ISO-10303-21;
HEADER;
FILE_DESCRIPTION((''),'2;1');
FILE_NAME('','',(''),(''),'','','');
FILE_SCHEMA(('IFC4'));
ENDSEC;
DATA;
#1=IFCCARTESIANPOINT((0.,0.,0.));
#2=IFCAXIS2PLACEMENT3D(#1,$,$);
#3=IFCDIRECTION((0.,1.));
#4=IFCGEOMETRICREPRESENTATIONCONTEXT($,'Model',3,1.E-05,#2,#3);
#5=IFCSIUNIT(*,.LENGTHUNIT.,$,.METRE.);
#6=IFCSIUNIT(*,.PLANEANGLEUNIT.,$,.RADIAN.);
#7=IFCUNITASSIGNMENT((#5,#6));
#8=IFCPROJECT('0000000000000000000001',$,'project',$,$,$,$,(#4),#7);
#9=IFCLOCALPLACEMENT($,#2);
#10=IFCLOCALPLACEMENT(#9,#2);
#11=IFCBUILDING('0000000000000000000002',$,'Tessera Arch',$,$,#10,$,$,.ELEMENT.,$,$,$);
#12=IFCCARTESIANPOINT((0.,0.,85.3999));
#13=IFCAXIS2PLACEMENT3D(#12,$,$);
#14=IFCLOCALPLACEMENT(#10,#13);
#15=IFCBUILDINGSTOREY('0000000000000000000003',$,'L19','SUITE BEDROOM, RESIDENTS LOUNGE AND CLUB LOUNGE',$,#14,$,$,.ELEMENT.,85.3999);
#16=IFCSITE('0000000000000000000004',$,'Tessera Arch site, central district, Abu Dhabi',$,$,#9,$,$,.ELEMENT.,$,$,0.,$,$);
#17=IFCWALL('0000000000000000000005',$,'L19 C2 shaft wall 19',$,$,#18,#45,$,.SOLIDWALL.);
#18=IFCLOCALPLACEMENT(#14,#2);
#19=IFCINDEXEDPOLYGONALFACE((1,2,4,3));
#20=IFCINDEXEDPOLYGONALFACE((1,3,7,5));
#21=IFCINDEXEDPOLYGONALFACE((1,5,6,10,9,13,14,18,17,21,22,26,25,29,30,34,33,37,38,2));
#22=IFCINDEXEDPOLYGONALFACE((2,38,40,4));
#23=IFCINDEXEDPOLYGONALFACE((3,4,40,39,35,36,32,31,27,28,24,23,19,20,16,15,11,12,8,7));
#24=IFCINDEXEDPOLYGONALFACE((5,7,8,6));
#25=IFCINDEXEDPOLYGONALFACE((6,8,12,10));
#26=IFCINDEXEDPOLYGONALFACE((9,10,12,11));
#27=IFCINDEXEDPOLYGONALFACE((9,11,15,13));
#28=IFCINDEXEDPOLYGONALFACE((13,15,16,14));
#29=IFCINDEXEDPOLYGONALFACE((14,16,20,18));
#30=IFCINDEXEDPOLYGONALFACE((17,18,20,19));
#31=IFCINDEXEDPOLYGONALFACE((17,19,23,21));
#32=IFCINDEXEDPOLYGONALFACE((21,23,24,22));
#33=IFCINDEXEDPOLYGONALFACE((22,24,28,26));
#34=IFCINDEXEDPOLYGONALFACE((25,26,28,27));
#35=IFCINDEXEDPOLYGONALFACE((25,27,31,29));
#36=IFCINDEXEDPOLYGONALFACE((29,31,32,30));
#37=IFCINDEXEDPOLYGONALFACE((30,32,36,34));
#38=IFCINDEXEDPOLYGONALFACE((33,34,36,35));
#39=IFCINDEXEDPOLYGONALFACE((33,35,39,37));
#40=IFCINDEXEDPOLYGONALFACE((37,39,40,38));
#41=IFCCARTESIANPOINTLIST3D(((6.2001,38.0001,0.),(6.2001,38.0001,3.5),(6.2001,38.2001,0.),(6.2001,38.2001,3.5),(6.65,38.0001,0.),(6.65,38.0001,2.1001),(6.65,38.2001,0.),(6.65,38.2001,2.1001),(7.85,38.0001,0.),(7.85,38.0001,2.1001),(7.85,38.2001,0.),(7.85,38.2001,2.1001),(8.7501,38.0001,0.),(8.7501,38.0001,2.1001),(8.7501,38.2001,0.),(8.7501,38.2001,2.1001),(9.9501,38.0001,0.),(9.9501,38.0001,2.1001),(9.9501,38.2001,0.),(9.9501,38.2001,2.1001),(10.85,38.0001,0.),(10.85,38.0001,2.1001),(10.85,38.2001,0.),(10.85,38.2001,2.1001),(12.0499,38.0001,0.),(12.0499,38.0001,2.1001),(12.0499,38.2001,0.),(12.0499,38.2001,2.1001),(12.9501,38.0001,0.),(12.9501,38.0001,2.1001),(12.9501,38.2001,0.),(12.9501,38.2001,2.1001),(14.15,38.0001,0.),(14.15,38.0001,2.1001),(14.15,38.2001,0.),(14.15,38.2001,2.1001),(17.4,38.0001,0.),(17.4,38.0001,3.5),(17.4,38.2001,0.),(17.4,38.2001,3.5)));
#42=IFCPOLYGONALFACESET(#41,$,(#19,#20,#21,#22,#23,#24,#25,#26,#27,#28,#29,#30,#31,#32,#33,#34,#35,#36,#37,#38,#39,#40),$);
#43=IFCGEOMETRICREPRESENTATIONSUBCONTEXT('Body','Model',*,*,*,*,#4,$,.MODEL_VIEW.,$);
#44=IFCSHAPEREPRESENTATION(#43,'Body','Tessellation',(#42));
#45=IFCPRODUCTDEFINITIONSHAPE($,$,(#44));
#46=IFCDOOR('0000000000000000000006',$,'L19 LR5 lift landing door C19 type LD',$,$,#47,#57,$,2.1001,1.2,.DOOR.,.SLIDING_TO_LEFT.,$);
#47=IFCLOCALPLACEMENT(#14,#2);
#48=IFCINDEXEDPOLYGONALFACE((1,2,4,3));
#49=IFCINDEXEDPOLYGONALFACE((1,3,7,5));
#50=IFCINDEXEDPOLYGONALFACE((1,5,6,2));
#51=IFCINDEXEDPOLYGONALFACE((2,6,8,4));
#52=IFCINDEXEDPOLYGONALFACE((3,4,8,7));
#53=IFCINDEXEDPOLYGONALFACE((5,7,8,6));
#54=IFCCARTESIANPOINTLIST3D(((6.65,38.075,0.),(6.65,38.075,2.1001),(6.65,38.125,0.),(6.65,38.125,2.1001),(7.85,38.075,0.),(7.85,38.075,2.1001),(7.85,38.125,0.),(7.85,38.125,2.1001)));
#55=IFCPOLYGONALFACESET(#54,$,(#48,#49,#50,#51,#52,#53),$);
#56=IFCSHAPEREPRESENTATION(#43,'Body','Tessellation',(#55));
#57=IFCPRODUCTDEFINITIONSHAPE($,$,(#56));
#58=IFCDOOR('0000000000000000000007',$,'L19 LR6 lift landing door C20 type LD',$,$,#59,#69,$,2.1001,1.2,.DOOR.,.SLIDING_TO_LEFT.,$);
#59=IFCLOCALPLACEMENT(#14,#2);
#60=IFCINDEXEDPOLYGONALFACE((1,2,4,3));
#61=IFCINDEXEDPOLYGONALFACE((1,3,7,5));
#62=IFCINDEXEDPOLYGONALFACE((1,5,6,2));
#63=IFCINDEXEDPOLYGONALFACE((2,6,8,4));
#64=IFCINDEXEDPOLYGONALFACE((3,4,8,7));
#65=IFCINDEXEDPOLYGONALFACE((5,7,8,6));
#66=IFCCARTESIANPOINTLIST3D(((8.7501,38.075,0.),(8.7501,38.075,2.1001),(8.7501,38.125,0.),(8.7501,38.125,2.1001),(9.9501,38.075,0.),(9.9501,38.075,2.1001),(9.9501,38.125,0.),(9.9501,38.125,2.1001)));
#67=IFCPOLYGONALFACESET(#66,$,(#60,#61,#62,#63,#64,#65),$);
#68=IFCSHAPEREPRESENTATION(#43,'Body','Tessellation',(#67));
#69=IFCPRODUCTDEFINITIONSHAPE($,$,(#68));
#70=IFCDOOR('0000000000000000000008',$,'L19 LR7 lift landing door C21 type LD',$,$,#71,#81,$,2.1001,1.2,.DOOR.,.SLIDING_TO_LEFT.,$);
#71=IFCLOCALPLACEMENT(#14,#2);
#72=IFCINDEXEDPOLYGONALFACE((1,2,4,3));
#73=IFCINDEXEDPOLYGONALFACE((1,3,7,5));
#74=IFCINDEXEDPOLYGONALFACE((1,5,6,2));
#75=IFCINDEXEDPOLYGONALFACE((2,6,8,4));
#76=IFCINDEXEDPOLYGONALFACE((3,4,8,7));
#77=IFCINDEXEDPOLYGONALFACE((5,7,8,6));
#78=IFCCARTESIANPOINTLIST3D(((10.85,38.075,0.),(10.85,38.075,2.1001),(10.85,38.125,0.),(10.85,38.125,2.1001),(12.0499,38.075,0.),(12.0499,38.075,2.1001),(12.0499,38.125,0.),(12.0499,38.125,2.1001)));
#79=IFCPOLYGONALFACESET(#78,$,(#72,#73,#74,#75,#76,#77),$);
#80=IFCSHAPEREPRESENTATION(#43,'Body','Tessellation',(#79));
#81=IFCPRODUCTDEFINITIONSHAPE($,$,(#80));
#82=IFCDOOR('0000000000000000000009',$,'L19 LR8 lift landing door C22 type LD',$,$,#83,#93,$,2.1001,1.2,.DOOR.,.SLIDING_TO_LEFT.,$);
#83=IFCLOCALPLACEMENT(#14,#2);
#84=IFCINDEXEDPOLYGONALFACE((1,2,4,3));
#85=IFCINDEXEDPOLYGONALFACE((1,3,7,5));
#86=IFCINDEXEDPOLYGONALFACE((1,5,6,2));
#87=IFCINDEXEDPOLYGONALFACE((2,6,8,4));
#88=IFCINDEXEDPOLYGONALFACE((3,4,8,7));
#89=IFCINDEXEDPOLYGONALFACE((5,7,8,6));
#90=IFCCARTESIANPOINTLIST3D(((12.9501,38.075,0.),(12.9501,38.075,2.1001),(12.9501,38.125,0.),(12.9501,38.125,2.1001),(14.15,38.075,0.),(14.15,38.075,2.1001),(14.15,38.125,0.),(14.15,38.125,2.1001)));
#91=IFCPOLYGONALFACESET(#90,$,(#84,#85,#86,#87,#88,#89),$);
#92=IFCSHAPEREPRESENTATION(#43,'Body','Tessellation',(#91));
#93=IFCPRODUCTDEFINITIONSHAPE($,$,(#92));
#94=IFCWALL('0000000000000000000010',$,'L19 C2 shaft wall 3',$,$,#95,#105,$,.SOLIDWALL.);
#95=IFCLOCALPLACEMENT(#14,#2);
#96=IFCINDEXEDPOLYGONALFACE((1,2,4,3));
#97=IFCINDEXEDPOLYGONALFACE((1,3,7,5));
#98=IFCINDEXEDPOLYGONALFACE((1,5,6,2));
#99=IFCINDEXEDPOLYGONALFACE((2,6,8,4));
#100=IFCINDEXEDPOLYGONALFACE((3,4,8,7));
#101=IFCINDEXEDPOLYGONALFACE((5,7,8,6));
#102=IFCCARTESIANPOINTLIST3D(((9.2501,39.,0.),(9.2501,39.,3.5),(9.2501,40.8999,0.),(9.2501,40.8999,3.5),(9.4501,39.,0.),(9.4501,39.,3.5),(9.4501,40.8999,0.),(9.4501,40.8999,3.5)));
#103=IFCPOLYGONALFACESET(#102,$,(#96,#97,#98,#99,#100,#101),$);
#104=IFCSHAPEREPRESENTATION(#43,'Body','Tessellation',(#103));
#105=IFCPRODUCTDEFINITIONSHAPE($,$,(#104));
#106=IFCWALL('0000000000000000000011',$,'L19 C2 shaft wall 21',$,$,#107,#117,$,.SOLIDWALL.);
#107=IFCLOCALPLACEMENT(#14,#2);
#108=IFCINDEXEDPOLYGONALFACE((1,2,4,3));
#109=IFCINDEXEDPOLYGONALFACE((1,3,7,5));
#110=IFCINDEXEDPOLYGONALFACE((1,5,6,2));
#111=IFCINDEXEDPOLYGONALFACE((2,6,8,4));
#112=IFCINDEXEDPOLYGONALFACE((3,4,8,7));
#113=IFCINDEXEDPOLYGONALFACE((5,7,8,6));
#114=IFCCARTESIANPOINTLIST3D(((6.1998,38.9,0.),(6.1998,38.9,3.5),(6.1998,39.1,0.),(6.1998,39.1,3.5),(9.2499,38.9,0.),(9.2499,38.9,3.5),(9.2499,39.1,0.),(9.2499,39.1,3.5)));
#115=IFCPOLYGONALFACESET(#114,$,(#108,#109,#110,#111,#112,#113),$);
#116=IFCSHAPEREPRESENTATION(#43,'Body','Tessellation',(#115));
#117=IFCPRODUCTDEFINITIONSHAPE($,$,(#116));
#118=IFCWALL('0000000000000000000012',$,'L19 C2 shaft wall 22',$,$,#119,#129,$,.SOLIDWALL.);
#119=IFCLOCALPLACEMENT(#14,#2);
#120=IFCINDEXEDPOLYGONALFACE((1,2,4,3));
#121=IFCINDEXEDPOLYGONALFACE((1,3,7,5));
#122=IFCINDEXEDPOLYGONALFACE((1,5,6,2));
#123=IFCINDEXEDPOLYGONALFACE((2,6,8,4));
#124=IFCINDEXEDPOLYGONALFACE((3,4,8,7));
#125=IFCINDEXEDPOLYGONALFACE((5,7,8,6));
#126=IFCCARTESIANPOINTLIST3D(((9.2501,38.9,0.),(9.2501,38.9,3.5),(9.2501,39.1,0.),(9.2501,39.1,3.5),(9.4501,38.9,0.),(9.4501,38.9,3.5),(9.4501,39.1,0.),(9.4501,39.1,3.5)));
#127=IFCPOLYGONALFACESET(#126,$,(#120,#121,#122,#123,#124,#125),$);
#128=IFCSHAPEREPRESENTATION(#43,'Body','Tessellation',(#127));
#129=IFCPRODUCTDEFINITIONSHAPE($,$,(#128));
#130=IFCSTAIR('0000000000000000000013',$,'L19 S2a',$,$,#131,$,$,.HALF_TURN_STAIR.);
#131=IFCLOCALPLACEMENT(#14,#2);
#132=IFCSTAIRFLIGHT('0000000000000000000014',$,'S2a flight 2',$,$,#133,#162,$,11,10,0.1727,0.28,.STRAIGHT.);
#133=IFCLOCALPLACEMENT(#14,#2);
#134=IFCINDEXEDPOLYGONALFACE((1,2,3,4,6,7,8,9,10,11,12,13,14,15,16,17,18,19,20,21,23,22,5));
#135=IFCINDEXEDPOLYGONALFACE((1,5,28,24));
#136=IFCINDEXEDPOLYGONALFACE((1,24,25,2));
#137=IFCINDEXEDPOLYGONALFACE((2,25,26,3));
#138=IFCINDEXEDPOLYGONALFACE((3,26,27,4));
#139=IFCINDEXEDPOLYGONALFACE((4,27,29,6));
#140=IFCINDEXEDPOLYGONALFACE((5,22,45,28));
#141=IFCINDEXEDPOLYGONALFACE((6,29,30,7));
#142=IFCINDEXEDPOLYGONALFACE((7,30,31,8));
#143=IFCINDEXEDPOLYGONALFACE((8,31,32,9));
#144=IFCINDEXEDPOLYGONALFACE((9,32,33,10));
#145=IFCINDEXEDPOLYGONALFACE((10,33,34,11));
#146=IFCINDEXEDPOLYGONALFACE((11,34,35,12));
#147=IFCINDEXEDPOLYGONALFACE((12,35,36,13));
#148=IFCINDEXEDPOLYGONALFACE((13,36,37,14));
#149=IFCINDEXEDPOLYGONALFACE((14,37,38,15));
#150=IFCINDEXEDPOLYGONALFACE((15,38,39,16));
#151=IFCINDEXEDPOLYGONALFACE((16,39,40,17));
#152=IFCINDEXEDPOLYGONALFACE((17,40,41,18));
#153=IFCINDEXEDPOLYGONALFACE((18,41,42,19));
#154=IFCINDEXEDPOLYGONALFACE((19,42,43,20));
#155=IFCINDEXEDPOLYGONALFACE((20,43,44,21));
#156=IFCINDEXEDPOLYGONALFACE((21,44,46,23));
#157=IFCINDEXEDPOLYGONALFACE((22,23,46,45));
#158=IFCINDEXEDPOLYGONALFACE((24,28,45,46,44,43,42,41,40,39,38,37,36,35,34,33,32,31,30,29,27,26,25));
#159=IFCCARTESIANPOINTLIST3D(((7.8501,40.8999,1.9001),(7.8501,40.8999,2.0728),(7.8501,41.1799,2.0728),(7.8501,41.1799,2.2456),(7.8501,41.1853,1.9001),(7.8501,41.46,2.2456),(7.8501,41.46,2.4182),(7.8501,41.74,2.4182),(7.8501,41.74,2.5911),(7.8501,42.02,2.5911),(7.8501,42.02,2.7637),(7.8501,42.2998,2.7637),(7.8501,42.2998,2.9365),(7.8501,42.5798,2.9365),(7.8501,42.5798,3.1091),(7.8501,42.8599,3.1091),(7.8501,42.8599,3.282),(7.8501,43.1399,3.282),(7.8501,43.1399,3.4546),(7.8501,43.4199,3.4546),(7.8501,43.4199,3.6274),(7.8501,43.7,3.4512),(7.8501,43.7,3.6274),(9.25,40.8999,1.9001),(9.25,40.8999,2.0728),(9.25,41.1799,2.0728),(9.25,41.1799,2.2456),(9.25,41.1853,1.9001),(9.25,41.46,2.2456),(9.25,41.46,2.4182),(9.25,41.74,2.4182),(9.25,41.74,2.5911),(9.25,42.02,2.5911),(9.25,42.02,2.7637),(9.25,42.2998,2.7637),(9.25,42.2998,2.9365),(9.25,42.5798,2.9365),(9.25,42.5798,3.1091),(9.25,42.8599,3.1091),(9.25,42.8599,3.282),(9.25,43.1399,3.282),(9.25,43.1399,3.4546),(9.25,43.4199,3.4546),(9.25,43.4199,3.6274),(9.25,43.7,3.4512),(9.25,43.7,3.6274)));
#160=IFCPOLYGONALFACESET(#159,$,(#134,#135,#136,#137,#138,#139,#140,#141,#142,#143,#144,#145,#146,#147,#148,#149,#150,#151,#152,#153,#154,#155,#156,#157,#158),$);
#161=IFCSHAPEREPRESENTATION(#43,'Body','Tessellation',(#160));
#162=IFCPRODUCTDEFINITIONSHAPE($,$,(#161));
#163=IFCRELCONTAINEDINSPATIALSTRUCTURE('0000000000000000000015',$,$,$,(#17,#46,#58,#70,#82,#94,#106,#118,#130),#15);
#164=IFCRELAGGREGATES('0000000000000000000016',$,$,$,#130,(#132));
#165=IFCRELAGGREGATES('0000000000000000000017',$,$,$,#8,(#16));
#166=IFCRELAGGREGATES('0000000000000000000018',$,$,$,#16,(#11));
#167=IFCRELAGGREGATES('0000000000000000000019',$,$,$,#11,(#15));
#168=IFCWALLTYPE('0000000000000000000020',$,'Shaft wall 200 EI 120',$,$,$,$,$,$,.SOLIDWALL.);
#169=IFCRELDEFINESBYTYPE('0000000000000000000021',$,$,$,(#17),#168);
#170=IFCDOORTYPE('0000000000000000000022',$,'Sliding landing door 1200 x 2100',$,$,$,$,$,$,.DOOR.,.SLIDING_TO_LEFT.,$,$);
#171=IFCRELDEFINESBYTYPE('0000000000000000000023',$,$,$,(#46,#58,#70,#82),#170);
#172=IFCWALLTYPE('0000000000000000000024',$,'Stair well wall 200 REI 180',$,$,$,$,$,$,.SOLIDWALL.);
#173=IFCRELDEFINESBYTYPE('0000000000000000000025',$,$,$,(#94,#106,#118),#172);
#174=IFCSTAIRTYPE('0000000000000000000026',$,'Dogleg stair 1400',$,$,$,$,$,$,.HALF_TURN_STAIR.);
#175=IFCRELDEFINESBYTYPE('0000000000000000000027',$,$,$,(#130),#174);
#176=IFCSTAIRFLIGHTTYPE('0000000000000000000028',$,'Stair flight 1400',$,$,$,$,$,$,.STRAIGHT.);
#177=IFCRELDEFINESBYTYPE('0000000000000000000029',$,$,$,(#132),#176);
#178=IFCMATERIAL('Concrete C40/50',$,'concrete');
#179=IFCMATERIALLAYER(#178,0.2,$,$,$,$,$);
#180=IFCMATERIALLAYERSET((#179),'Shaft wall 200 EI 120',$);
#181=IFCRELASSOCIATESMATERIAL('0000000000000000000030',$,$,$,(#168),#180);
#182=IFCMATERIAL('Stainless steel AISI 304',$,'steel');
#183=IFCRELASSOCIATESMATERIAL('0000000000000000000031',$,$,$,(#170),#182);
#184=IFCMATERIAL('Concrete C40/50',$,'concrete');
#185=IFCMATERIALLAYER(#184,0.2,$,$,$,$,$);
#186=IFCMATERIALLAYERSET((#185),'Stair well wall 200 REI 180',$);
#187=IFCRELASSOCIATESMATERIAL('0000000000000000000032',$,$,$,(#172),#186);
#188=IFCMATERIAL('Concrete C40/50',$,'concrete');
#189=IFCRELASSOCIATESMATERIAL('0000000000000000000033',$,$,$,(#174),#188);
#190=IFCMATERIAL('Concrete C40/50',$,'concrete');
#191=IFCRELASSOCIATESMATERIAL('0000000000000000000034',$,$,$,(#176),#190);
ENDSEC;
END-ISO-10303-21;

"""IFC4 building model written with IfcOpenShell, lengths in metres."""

from ifc_helpers import new_model, si_unit, direction, frame, frame_2d, origin, place, context, subcontext, project, spatial, polyline, rectangle, outline, extrude, material, layer, layer_set, type_object, element, fill, aggregate, save


model = new_model("IFC4")

# Units and contexts
model_context = context("Model", 3, precision=1e-05, world=origin(), true_north=direction((0.0, 1.0)))
body_context = subcontext(model_context, "Body", "Model", "MODEL_VIEW")
ifc_project = project(units=[si_unit("LENGTHUNIT", "METRE"), si_unit("PLANEANGLEUNIT", "RADIAN")], contexts=[model_context])

# Site, building, storey
site_placement = place(None, origin())
site = spatial("IfcSite", under=ifc_project, at=site_placement, Name="Tessera Arch site, central district, Abu Dhabi", CompositionType="ELEMENT", RefElevation=0.0)
building_placement = place(site_placement, origin())
building = spatial("IfcBuilding", under=site, at=building_placement, Name="Tessera Arch", CompositionType="ELEMENT")
storey_placement = place(building_placement, frame((0.0, 0.0, 85.3999)))
storey = spatial("IfcBuildingStorey", under=building, at=storey_placement, Name="L19", Description="SUITE BEDROOM, RESIDENTS LOUNGE AND CLUB LOUNGE", CompositionType="ELEMENT", Elevation=85.3999)

# Shared definitions
ifc_material_1 = material(Name="Concrete C40/50", Category="concrete")
ifc_layer_1 = layer(ifc_material_1, 0.2)
ifc_layer_set_1 = layer_set([ifc_layer_1], Name="Shaft wall 200 EI 120")
wall_type_1 = type_object("IfcWallType", Name="Shaft wall 200 EI 120", PredefinedType="SOLIDWALL", material=ifc_layer_set_1)

# Wall, openings, doors
wall_1_placement = place(storey_placement, frame((6.2, 38.1001, 0.0), z_axis=(0.0, 0.0, 1.0), x_axis=(1.0, 0.0, 0.0)))
wall_1 = element("IfcWall", 1, at=wall_1_placement, inside=storey, type_object=wall_type_1, Name="L19 C2 shaft wall 19", PredefinedType="SOLIDWALL", context=body_context, shape_type="SweptSolid", body=[
    extrude(rectangle(XDim=11.2, YDim=0.2, at=frame_2d((5.6001, 0.0))), origin(), (0.0, 0.0, 1.0), 3.5),
])
opening_1_placement = place(wall_1_placement, frame((0.45, 0.0, 0.0)))
opening_1 = element("IfcOpeningElement", 2, at=opening_1_placement, cuts=wall_1, PredefinedType="OPENING", context=body_context, shape_type="SweptSolid", body=[
    extrude(rectangle(XDim=1.2, YDim=2.1001, at=frame_2d((0.6001, 1.05))), frame((0.0, 0.1099, 0.0), z_axis=(0.0, -1.0, 0.0), x_axis=(1.0, 0.0, 0.0)), (0.0, 0.0, 1.0), 0.22),
])
opening_2_placement = place(wall_1_placement, frame((2.55, 0.0, 0.0)))
opening_2 = element("IfcOpeningElement", 3, at=opening_2_placement, cuts=wall_1, PredefinedType="OPENING", context=body_context, shape_type="SweptSolid", body=[
    extrude(rectangle(XDim=1.2, YDim=2.1001, at=frame_2d((0.6001, 1.05))), frame((0.0, 0.1099, 0.0), z_axis=(0.0, -1.0, 0.0), x_axis=(1.0, 0.0, 0.0)), (0.0, 0.0, 1.0), 0.22),
])
opening_3_placement = place(wall_1_placement, frame((4.6499, 0.0, 0.0)))
opening_3 = element("IfcOpeningElement", 4, at=opening_3_placement, cuts=wall_1, PredefinedType="OPENING", context=body_context, shape_type="SweptSolid", body=[
    extrude(rectangle(XDim=1.2, YDim=2.1001, at=frame_2d((0.6001, 1.05))), frame((0.0, 0.1099, 0.0), z_axis=(0.0, -1.0, 0.0), x_axis=(1.0, 0.0, 0.0)), (0.0, 0.0, 1.0), 0.22),
])
opening_4_placement = place(wall_1_placement, frame((6.75, 0.0, 0.0)))
opening_4 = element("IfcOpeningElement", 5, at=opening_4_placement, cuts=wall_1, PredefinedType="OPENING", context=body_context, shape_type="SweptSolid", body=[
    extrude(rectangle(XDim=1.2, YDim=2.1001, at=frame_2d((0.6001, 1.05))), frame((0.0, 0.1099, 0.0), z_axis=(0.0, -1.0, 0.0), x_axis=(1.0, 0.0, 0.0)), (0.0, 0.0, 1.0), 0.22),
])
ifc_material_2 = material(Name="Stainless steel AISI 304", Category="steel")
door_type = type_object("IfcDoorType", Name="Sliding landing door 1200 x 2100", OperationType="SLIDING_TO_LEFT", PredefinedType="DOOR", material=ifc_material_2)
door_1_placement = place(opening_1_placement, origin())
door_1 = element("IfcDoor", 6, at=door_1_placement, inside=storey, type_object=door_type, Name="L19 LR5 lift landing door C19 type LD", OperationType="SLIDING_TO_LEFT", OverallHeight=2.1001, OverallWidth=1.2, PredefinedType="DOOR", context=body_context, shape_type="SweptSolid", body=[
    extrude(rectangle(XDim=1.2, YDim=2.1001, at=frame_2d((0.6001, 1.05))), frame((0.0, 0.0249, 0.0), z_axis=(0.0, -1.0, 0.0), x_axis=(1.0, 0.0, 0.0)), (0.0, 0.0, 1.0), 0.05),
])
fill(opening_1, door_1)
door_2_placement = place(opening_2_placement, origin())
door_2 = element("IfcDoor", 7, at=door_2_placement, inside=storey, type_object=door_type, Name="L19 LR6 lift landing door C20 type LD", OperationType="SLIDING_TO_LEFT", OverallHeight=2.1001, OverallWidth=1.2, PredefinedType="DOOR", context=body_context, shape_type="SweptSolid", body=[
    extrude(rectangle(XDim=1.2, YDim=2.1001, at=frame_2d((0.6001, 1.05))), frame((0.0, 0.0249, 0.0), z_axis=(0.0, -1.0, 0.0), x_axis=(1.0, 0.0, 0.0)), (0.0, 0.0, 1.0), 0.05),
])
fill(opening_2, door_2)
door_3_placement = place(opening_3_placement, origin())
door_3 = element("IfcDoor", 8, at=door_3_placement, inside=storey, type_object=door_type, Name="L19 LR7 lift landing door C21 type LD", OperationType="SLIDING_TO_LEFT", OverallHeight=2.1001, OverallWidth=1.2, PredefinedType="DOOR", context=body_context, shape_type="SweptSolid", body=[
    extrude(rectangle(XDim=1.2, YDim=2.1001, at=frame_2d((0.6001, 1.05))), frame((0.0, 0.0249, 0.0), z_axis=(0.0, -1.0, 0.0), x_axis=(1.0, 0.0, 0.0)), (0.0, 0.0, 1.0), 0.05),
])
fill(opening_3, door_3)
door_4_placement = place(opening_4_placement, origin())
door_4 = element("IfcDoor", 9, at=door_4_placement, inside=storey, type_object=door_type, Name="L19 LR8 lift landing door C22 type LD", OperationType="SLIDING_TO_LEFT", OverallHeight=2.1001, OverallWidth=1.2, PredefinedType="DOOR", context=body_context, shape_type="SweptSolid", body=[
    extrude(rectangle(XDim=1.2, YDim=2.1001, at=frame_2d((0.6001, 1.05))), frame((0.0, 0.0249, 0.0), z_axis=(0.0, -1.0, 0.0), x_axis=(1.0, 0.0, 0.0)), (0.0, 0.0, 1.0), 0.05),
])
fill(opening_4, door_4)

# Walls
ifc_material_3 = material(Name="Concrete C40/50", Category="concrete")
ifc_layer_2 = layer(ifc_material_3, 0.2)
ifc_layer_set_2 = layer_set([ifc_layer_2], Name="Stair well wall 200 REI 180")
wall_type_2 = type_object("IfcWallType", Name="Stair well wall 200 REI 180", PredefinedType="SOLIDWALL", material=ifc_layer_set_2)
wall_2_placement = place(storey_placement, frame((9.3501, 39.0, 0.0), z_axis=(0.0, 0.0, 1.0), x_axis=(0.0, 1.0, 0.0)))
element("IfcWall", 10, at=wall_2_placement, inside=storey, type_object=wall_type_2, Name="L19 C2 shaft wall 3", PredefinedType="SOLIDWALL", context=body_context, shape_type="SweptSolid", body=[
    extrude(rectangle(XDim=1.8999, YDim=0.2, at=frame_2d((0.95, 0.0))), origin(), (0.0, 0.0, 1.0), 3.5),
])
wall_3_placement = place(storey_placement, frame((6.2, 39.0, 0.0), z_axis=(0.0, 0.0, 1.0), x_axis=(1.0, 0.0, 0.0)))
element("IfcWall", 11, at=wall_3_placement, inside=storey, type_object=wall_type_2, Name="L19 C2 shaft wall 21", PredefinedType="SOLIDWALL", context=body_context, shape_type="SweptSolid", body=[
    extrude(rectangle(XDim=3.05, YDim=0.2, at=frame_2d((1.5249, 0.0))), origin(), (0.0, 0.0, 1.0), 3.5),
])
wall_4_placement = place(storey_placement, frame((9.25, 39.0, 0.0), z_axis=(0.0, 0.0, 1.0), x_axis=(1.0, 0.0, 0.0)))
element("IfcWall", 12, at=wall_4_placement, inside=storey, type_object=wall_type_2, Name="L19 C2 shaft wall 22", PredefinedType="SOLIDWALL", context=body_context, shape_type="SweptSolid", body=[
    extrude(rectangle(XDim=0.2, YDim=0.2, at=frame_2d((0.1001, 0.0))), origin(), (0.0, 0.0, 1.0), 3.5),
])

# Stair, stair flight
ifc_material_4 = material(Name="Concrete C40/50", Category="concrete")
stair_type = type_object("IfcStairType", Name="Dogleg stair 1400", PredefinedType="HALF_TURN_STAIR", material=ifc_material_4)
stair_placement = place(storey_placement, origin())
stair = element("IfcStair", 13, at=stair_placement, inside=storey, type_object=stair_type, Name="L19 S2a", PredefinedType="HALF_TURN_STAIR")
ifc_material_5 = material(Name="Concrete C40/50", Category="concrete")
stair_flight_type = type_object("IfcStairFlightType", Name="Stair flight 1400", PredefinedType="STRAIGHT", material=ifc_material_5)
stair_flight_placement = place(storey_placement, frame((8.55, 40.8999, 1.9001), z_axis=(0.0, 0.0, 1.0), x_axis=(0.0, 1.0, 0.0)))
stair_flight = element("IfcStairFlight", 14, at=stair_flight_placement, type_object=stair_flight_type, Name="S2a flight 2", NumberOfRisers=11, NumberOfTreads=10, PredefinedType="STRAIGHT", RiserHeight=0.1727, TreadLength=0.28, context=body_context, shape_type="SweptSolid", body=[
    extrude(outline(polyline([(0.0, 0.0), (0.0, 0.1726), (0.28, 0.1726), (0.28, 0.3455), (0.5601, 0.3455), (0.5601, 0.5181), (0.8401, 0.5181), (0.8401, 0.6909), (1.1201, 0.6909), (1.1201, 0.8635), (1.3999, 0.8635), (1.3999, 1.0364), (1.6799, 1.0364), (1.6799, 1.209), (1.96, 1.209), (1.96, 1.3818), (2.24, 1.3818), (2.24, 1.5544), (2.52, 1.5544), (2.52, 1.7273), (2.8, 1.7273), (2.8, 1.8999), (2.8, 1.551), (0.2854, 0.0), (0.0, 0.0)])), frame((0.0, 0.7, 0.0), z_axis=(0.0, -1.0, 0.0), x_axis=(1.0, 0.0, 0.0)), (0.0, 0.0, 1.0), 1.3999),
])
aggregate(stair, [stair_flight])

save(model, "model.ifc")
